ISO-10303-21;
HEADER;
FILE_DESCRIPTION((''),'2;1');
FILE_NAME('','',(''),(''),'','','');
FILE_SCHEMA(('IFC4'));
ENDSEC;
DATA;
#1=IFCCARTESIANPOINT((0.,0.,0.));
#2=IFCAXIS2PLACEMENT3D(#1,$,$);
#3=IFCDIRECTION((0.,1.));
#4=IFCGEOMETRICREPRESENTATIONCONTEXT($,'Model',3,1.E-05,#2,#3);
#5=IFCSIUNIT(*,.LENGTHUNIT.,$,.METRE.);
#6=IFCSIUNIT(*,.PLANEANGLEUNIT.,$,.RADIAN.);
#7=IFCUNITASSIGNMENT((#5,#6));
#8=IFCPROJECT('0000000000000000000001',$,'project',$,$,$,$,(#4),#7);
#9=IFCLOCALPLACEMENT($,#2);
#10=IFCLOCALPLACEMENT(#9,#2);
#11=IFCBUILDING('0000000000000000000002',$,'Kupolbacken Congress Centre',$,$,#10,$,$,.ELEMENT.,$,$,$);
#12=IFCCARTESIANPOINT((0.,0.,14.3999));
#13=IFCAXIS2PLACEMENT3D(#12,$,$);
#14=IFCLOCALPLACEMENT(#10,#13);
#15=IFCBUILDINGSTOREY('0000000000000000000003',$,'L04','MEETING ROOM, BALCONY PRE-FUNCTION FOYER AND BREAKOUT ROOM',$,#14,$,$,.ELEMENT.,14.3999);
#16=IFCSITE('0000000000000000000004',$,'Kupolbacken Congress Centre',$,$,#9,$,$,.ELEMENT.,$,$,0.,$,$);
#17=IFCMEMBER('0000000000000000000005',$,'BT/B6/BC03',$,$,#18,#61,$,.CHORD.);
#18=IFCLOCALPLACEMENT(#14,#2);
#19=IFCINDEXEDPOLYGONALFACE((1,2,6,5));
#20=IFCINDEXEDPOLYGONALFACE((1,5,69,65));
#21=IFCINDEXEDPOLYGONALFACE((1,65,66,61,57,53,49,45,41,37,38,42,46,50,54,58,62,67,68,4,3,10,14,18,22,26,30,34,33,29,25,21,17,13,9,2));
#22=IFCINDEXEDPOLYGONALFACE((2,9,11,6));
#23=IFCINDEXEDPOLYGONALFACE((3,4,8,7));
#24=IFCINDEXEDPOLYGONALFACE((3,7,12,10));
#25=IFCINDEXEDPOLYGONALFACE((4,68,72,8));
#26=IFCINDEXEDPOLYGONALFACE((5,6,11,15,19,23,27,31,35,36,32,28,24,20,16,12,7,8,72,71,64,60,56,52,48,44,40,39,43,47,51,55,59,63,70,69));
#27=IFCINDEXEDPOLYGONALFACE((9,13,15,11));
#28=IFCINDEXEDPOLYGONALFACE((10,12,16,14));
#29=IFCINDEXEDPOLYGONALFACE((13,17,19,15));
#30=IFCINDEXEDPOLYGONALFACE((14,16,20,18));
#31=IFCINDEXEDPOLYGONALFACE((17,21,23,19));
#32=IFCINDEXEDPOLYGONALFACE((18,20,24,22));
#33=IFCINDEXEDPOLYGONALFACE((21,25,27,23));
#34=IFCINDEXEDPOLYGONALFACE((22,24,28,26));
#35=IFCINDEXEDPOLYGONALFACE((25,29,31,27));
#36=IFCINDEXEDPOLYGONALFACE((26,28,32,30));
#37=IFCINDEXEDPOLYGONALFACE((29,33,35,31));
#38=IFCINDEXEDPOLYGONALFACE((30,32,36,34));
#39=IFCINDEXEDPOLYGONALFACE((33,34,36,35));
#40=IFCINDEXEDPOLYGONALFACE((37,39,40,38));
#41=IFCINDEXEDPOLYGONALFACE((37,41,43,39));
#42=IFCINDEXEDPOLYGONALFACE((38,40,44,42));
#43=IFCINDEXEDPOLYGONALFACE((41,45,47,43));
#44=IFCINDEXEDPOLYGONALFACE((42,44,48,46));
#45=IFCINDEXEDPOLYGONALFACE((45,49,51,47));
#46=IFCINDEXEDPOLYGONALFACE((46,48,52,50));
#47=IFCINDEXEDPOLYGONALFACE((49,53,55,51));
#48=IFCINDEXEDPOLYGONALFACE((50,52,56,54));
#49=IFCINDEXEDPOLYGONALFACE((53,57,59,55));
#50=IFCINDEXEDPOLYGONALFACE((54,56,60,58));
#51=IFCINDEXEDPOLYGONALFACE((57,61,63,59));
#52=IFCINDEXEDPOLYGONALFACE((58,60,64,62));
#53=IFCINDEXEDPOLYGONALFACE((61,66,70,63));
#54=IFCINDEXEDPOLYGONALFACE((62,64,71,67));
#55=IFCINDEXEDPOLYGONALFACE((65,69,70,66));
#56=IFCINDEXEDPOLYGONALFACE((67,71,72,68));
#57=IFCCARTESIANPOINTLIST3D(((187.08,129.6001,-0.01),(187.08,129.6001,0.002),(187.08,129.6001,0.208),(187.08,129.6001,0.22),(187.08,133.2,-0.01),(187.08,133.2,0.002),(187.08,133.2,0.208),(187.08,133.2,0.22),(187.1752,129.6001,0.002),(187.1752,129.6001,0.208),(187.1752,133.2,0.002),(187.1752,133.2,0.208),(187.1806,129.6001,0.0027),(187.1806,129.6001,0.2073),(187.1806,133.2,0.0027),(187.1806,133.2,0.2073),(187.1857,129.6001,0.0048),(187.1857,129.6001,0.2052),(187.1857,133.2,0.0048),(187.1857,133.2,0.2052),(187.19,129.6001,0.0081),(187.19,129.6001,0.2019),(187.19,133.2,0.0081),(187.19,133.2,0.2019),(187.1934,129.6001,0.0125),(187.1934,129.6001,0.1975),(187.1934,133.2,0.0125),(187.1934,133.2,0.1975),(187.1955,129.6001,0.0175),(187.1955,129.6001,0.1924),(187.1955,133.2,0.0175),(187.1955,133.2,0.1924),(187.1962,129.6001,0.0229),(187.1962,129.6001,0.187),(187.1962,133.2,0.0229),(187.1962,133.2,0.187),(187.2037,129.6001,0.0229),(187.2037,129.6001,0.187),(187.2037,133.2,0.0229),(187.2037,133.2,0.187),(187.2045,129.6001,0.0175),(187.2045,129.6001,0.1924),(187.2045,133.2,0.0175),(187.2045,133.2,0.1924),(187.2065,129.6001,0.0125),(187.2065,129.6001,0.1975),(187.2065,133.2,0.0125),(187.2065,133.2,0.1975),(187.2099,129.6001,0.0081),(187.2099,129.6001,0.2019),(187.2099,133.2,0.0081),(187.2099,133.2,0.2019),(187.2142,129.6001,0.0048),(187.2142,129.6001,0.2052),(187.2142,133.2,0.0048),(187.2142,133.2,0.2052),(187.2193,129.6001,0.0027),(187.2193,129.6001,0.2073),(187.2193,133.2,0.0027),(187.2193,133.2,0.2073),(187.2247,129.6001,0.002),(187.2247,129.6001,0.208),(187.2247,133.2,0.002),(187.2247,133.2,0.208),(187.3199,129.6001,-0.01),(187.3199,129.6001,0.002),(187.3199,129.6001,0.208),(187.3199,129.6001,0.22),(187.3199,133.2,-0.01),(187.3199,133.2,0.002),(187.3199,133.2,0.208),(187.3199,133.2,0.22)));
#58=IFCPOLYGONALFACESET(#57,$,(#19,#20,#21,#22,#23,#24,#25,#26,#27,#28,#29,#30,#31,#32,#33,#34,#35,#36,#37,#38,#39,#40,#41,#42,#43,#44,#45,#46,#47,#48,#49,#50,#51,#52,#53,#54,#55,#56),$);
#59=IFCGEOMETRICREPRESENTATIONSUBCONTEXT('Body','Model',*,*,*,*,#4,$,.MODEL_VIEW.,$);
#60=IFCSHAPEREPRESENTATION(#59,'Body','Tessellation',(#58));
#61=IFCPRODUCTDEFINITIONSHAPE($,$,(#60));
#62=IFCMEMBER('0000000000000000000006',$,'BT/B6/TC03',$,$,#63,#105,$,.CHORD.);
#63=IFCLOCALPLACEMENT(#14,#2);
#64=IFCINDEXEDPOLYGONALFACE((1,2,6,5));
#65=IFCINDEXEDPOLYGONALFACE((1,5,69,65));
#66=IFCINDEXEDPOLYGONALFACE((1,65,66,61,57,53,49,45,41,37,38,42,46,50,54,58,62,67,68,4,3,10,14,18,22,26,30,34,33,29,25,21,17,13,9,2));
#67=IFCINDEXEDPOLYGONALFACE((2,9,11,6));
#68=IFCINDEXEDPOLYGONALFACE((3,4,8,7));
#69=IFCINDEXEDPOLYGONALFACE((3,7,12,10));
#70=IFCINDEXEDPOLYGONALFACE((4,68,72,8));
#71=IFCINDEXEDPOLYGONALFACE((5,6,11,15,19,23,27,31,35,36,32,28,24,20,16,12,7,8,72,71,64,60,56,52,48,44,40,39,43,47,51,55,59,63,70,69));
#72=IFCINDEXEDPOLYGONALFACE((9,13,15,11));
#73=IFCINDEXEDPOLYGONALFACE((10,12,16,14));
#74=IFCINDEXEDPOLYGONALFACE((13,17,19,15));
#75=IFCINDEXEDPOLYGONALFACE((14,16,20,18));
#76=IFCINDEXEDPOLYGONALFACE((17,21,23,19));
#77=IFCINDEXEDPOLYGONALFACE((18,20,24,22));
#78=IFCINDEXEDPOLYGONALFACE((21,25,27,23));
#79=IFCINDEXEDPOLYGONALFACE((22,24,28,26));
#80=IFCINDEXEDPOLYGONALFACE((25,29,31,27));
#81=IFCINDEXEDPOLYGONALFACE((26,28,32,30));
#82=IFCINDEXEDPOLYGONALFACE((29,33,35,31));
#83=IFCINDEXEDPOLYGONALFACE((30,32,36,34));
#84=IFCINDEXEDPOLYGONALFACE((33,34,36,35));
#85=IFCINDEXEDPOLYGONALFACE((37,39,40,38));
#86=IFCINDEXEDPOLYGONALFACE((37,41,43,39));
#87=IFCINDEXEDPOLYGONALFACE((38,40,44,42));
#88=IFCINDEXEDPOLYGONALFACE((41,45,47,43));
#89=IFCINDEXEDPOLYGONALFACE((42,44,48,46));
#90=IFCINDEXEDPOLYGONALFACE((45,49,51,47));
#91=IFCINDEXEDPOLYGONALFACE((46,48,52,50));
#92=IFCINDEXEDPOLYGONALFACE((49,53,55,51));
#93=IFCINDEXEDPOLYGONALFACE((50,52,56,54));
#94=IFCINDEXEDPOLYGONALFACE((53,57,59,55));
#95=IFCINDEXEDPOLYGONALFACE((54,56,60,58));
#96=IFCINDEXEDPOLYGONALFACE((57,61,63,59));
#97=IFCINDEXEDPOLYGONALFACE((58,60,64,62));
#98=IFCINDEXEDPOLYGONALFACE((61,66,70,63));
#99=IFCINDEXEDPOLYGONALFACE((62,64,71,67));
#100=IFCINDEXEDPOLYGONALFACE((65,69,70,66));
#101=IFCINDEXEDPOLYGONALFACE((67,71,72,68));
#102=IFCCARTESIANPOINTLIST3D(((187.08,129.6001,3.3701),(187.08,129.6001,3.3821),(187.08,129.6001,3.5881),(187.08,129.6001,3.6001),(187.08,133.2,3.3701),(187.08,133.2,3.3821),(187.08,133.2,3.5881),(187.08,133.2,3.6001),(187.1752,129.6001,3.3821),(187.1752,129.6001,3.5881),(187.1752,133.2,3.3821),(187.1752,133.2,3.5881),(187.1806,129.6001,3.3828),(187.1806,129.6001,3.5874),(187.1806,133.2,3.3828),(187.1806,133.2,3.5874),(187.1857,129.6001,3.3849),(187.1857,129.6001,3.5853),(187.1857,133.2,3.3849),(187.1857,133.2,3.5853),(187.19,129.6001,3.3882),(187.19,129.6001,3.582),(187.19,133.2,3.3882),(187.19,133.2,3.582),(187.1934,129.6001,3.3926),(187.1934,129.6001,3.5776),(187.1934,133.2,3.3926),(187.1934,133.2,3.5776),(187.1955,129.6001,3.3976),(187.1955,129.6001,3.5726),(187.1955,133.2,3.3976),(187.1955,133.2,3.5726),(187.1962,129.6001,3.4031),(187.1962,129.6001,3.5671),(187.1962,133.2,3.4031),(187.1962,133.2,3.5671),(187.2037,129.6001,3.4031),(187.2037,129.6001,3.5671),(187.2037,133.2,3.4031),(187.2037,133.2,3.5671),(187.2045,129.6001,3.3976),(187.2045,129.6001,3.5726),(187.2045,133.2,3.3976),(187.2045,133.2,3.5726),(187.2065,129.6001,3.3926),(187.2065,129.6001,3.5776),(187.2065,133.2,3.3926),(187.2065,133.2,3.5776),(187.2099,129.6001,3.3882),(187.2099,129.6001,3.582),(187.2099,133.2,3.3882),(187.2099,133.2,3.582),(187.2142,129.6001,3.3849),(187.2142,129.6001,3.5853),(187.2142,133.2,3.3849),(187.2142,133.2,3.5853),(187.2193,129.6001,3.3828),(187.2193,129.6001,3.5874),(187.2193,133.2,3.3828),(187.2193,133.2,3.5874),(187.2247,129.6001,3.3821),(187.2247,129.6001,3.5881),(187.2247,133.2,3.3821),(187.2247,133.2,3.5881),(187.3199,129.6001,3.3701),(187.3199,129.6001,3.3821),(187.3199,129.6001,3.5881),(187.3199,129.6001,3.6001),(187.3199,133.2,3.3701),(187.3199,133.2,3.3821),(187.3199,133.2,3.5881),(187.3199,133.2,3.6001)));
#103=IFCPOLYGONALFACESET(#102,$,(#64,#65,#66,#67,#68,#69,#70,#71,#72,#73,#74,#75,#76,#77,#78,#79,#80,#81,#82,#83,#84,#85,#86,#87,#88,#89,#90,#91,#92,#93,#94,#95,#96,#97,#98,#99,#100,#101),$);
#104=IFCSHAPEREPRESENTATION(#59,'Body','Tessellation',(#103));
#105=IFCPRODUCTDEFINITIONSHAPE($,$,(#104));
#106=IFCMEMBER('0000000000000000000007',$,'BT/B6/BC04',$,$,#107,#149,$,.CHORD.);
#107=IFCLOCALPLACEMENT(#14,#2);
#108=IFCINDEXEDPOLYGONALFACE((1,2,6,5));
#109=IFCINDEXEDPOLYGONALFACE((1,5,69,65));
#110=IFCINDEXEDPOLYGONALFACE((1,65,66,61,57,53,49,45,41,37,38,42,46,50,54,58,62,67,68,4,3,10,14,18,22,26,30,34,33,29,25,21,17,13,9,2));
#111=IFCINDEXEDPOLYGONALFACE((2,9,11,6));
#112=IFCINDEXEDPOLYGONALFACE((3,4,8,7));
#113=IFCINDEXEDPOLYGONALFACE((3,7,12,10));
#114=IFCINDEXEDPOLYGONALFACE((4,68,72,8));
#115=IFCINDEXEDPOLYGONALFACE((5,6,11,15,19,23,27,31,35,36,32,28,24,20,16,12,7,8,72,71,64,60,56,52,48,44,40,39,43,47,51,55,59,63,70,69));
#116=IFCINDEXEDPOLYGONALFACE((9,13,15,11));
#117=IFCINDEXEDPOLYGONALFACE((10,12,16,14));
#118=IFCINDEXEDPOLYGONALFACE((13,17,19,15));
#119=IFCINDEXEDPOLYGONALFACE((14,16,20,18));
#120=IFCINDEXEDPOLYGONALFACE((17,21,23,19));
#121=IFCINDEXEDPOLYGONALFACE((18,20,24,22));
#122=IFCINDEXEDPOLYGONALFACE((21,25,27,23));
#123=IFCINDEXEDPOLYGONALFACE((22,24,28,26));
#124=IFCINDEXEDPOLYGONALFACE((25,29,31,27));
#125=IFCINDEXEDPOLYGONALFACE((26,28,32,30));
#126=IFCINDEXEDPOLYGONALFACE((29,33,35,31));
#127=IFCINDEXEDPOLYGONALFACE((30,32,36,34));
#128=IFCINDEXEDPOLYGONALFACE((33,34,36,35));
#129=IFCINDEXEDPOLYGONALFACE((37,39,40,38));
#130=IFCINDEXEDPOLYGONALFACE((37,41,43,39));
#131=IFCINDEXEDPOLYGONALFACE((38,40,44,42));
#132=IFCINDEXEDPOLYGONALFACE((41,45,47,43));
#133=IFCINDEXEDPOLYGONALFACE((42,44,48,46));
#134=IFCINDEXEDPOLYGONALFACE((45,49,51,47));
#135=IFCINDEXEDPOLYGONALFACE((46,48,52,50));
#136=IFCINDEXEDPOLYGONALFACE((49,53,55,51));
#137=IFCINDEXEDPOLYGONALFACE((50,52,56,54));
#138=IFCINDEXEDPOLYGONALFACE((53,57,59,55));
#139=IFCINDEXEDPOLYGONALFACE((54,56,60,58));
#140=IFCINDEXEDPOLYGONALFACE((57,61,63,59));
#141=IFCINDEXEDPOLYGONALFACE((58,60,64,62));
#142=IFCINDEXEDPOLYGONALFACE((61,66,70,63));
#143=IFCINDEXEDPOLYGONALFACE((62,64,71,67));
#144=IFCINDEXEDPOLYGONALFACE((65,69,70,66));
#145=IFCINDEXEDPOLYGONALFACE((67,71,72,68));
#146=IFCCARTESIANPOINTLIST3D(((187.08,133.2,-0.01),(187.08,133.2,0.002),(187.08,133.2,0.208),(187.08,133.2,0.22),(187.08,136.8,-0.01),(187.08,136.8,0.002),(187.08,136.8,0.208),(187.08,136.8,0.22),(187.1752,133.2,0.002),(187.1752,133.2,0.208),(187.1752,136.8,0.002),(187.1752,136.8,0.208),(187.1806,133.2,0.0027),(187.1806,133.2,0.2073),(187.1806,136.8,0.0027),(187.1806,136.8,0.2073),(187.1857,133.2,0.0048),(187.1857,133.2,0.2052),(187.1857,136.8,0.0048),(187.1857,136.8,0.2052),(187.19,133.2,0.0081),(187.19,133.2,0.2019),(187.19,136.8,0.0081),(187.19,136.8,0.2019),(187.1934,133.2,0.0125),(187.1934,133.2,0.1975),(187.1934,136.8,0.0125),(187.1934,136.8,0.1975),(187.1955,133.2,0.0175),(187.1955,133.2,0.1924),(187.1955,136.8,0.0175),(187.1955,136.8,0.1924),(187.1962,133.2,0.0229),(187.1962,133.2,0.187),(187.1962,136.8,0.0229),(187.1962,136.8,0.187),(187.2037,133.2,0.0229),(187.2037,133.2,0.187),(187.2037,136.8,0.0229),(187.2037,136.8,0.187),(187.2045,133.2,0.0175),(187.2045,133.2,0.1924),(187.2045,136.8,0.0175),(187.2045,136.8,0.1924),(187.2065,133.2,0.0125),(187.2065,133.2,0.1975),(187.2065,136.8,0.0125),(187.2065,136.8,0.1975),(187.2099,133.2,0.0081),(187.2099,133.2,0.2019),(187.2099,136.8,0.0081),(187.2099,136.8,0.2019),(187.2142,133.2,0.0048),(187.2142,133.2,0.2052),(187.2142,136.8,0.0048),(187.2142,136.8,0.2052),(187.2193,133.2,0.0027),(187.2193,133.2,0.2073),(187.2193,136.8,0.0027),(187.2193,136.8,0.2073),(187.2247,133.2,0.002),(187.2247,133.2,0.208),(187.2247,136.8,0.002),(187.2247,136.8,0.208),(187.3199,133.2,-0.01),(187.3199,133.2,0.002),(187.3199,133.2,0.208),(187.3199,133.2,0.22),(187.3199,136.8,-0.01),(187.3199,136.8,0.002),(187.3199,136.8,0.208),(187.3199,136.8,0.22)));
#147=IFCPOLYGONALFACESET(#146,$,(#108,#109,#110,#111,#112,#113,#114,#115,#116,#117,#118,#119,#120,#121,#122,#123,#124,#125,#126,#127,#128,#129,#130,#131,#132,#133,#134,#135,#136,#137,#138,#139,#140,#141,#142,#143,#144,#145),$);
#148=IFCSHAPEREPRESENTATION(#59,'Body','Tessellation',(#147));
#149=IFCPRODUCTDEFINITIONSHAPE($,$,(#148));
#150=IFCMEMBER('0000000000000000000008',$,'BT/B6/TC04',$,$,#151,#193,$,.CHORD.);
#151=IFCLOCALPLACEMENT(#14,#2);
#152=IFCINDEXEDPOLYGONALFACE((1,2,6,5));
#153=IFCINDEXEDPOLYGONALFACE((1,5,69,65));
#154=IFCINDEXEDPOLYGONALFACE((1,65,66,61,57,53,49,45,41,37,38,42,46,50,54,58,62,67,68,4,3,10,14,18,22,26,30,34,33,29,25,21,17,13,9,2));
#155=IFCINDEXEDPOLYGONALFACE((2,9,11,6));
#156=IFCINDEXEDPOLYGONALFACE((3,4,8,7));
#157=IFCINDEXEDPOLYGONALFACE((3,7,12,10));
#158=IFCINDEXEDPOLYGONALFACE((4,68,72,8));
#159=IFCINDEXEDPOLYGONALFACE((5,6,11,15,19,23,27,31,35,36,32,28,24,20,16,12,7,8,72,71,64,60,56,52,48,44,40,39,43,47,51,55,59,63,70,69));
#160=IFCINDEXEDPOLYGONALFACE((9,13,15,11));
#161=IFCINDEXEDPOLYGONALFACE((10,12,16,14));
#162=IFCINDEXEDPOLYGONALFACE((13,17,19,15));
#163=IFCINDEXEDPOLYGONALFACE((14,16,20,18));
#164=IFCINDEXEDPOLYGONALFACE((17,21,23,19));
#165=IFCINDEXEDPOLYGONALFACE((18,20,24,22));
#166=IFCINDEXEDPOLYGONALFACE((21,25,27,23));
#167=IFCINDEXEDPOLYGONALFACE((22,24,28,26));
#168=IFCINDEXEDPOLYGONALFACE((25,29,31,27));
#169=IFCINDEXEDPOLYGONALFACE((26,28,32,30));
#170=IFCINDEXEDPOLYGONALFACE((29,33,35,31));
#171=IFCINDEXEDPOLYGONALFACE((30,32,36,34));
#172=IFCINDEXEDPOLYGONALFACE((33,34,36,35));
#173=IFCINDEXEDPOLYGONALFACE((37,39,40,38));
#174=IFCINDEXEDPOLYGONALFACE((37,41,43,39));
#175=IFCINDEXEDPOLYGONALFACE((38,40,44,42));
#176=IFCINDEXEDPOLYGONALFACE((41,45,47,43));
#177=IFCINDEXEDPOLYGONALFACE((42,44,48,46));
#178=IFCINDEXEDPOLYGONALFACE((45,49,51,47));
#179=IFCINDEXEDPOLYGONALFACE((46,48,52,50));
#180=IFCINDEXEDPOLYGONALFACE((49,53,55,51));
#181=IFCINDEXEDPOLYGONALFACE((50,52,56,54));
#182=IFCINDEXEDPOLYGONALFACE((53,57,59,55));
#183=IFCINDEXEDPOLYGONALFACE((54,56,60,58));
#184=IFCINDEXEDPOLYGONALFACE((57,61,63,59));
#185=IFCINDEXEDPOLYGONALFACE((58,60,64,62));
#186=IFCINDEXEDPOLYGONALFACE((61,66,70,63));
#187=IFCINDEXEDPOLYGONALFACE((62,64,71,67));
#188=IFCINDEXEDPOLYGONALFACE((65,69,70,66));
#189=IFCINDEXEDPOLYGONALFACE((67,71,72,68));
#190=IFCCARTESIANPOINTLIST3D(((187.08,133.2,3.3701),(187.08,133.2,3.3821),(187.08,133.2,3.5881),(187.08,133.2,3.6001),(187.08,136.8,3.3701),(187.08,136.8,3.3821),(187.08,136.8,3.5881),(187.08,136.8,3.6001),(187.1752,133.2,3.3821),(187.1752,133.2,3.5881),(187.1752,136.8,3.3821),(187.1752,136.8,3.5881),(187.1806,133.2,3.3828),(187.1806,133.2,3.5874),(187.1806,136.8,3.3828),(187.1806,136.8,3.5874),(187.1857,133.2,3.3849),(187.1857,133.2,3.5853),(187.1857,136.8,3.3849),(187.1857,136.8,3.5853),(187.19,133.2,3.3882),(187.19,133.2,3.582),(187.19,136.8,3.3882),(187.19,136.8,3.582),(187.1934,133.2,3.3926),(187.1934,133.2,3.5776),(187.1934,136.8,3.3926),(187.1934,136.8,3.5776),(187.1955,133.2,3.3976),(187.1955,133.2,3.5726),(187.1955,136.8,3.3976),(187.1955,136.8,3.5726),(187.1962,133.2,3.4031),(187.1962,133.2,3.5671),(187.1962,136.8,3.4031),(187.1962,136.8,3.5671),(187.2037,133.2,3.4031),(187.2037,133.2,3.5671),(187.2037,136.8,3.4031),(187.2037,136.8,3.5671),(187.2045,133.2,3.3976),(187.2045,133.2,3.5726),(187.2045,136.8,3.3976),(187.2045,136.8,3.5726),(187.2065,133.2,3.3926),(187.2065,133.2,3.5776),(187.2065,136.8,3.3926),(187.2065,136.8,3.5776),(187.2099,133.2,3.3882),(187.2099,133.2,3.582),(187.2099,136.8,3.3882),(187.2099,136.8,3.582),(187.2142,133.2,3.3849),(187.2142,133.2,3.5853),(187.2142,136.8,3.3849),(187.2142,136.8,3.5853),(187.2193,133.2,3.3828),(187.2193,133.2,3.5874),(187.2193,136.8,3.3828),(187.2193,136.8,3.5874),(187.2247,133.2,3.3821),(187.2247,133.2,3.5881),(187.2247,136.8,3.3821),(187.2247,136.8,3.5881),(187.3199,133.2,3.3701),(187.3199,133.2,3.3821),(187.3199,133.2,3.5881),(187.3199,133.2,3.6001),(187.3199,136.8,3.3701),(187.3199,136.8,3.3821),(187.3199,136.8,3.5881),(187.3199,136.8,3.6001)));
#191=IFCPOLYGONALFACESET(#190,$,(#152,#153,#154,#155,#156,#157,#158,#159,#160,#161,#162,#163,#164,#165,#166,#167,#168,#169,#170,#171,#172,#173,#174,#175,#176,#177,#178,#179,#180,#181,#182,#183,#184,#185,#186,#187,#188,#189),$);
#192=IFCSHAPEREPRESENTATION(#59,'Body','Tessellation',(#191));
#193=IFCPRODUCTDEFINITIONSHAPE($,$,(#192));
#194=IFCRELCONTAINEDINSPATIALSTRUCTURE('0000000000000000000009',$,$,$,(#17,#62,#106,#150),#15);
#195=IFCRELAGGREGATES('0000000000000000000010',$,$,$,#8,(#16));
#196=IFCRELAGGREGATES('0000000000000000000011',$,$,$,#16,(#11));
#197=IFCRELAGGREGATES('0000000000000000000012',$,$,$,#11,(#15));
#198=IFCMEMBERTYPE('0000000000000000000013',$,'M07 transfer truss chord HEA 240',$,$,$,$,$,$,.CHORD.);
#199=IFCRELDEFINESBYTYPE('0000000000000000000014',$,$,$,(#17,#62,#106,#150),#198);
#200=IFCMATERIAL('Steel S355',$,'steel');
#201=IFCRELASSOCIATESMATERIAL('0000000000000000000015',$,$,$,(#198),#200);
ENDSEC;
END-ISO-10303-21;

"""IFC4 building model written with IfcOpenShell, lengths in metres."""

from ifc_helpers import new_model, si_unit, direction, frame, origin, origin_2d, place, context, subcontext, project, spatial, i_section, extrude, material, material_profile, profile_set, type_object, element, save


model = new_model("IFC4")

# Units and contexts
model_context = context("Model", 3, precision=1e-05, world=origin(), true_north=direction((0.0, 1.0)))
body_context = subcontext(model_context, "Body", "Model", "MODEL_VIEW")
ifc_project = project(units=[si_unit("LENGTHUNIT", "METRE"), si_unit("PLANEANGLEUNIT", "RADIAN")], contexts=[model_context])

# Site, building, storey
site_placement = place(None, origin())
site = spatial("IfcSite", under=ifc_project, at=site_placement, Name="Kupolbacken Congress Centre", CompositionType="ELEMENT", RefElevation=0.0)
building_placement = place(site_placement, origin())
building = spatial("IfcBuilding", under=site, at=building_placement, Name="Kupolbacken Congress Centre", CompositionType="ELEMENT")
storey_placement = place(building_placement, frame((0.0, 0.0, 14.3999)))
storey = spatial("IfcBuildingStorey", under=building, at=storey_placement, Name="L04", Description="MEETING ROOM, BALCONY PRE-FUNCTION FOYER AND BREAKOUT ROOM", CompositionType="ELEMENT", Elevation=14.3999)

# Members
ifc_material_1 = material(Name="Steel S355", Category="steel")
ifc_material_profile_1 = material_profile(ifc_material_1, i_section(OverallWidth=0.24, OverallDepth=0.23, WebThickness=0.0076, FlangeThickness=0.012, FilletRadius=0.021, at=origin_2d()), Name="HEA 240")
ifc_profile_set_1 = profile_set([ifc_material_profile_1], Name="Steel S355")
member_type_1 = type_object("IfcMemberType", Name="M07 transfer truss chord HEA 240", PredefinedType="CHORD", material=ifc_profile_set_1)
for number, where, z_axis, x_axis, name in (
    (1, (187.2, 129.6001, 0.105), (0.0, 1.0, 0.0), (-1.0, 0.0, 0.0), "BT/B6/BC03"),
    (2, (187.2, 129.6001, 3.4851), (0.0, 1.0, 0.0), (-1.0, 0.0, 0.0), "BT/B6/TC03"),
):
    element("IfcMember", number, at=place(storey_placement, frame(where, z_axis=z_axis, x_axis=x_axis)), inside=storey, type_object=member_type_1, Name=name, PredefinedType="CHORD", context=body_context, shape_type="SweptSolid", body=[
        extrude(i_section(OverallWidth=0.24, OverallDepth=0.23, WebThickness=0.0076, FlangeThickness=0.012, FilletRadius=0.021, at=origin_2d()), origin(), (0.0, 0.0, 1.0), 3.5999),
    ])
for number, where, z_axis, x_axis, name in (
    (3, (187.2, 133.2, 0.105), (0.0, 1.0, 0.0), (-1.0, 0.0, 0.0), "BT/B6/BC04"),
    (4, (187.2, 133.2, 3.4851), (0.0, 1.0, 0.0), (-1.0, 0.0, 0.0), "BT/B6/TC04"),
):
    element("IfcMember", number, at=place(storey_placement, frame(where, z_axis=z_axis, x_axis=x_axis)), inside=storey, type_object=member_type_1, Name=name, PredefinedType="CHORD", context=body_context, shape_type="SweptSolid", body=[
        extrude(i_section(OverallWidth=0.24, OverallDepth=0.23, WebThickness=0.0076, FlangeThickness=0.012, FilletRadius=0.021, at=origin_2d()), origin(), (0.0, 0.0, 1.0), 3.6001),
    ])

save(model, "model.ifc")
